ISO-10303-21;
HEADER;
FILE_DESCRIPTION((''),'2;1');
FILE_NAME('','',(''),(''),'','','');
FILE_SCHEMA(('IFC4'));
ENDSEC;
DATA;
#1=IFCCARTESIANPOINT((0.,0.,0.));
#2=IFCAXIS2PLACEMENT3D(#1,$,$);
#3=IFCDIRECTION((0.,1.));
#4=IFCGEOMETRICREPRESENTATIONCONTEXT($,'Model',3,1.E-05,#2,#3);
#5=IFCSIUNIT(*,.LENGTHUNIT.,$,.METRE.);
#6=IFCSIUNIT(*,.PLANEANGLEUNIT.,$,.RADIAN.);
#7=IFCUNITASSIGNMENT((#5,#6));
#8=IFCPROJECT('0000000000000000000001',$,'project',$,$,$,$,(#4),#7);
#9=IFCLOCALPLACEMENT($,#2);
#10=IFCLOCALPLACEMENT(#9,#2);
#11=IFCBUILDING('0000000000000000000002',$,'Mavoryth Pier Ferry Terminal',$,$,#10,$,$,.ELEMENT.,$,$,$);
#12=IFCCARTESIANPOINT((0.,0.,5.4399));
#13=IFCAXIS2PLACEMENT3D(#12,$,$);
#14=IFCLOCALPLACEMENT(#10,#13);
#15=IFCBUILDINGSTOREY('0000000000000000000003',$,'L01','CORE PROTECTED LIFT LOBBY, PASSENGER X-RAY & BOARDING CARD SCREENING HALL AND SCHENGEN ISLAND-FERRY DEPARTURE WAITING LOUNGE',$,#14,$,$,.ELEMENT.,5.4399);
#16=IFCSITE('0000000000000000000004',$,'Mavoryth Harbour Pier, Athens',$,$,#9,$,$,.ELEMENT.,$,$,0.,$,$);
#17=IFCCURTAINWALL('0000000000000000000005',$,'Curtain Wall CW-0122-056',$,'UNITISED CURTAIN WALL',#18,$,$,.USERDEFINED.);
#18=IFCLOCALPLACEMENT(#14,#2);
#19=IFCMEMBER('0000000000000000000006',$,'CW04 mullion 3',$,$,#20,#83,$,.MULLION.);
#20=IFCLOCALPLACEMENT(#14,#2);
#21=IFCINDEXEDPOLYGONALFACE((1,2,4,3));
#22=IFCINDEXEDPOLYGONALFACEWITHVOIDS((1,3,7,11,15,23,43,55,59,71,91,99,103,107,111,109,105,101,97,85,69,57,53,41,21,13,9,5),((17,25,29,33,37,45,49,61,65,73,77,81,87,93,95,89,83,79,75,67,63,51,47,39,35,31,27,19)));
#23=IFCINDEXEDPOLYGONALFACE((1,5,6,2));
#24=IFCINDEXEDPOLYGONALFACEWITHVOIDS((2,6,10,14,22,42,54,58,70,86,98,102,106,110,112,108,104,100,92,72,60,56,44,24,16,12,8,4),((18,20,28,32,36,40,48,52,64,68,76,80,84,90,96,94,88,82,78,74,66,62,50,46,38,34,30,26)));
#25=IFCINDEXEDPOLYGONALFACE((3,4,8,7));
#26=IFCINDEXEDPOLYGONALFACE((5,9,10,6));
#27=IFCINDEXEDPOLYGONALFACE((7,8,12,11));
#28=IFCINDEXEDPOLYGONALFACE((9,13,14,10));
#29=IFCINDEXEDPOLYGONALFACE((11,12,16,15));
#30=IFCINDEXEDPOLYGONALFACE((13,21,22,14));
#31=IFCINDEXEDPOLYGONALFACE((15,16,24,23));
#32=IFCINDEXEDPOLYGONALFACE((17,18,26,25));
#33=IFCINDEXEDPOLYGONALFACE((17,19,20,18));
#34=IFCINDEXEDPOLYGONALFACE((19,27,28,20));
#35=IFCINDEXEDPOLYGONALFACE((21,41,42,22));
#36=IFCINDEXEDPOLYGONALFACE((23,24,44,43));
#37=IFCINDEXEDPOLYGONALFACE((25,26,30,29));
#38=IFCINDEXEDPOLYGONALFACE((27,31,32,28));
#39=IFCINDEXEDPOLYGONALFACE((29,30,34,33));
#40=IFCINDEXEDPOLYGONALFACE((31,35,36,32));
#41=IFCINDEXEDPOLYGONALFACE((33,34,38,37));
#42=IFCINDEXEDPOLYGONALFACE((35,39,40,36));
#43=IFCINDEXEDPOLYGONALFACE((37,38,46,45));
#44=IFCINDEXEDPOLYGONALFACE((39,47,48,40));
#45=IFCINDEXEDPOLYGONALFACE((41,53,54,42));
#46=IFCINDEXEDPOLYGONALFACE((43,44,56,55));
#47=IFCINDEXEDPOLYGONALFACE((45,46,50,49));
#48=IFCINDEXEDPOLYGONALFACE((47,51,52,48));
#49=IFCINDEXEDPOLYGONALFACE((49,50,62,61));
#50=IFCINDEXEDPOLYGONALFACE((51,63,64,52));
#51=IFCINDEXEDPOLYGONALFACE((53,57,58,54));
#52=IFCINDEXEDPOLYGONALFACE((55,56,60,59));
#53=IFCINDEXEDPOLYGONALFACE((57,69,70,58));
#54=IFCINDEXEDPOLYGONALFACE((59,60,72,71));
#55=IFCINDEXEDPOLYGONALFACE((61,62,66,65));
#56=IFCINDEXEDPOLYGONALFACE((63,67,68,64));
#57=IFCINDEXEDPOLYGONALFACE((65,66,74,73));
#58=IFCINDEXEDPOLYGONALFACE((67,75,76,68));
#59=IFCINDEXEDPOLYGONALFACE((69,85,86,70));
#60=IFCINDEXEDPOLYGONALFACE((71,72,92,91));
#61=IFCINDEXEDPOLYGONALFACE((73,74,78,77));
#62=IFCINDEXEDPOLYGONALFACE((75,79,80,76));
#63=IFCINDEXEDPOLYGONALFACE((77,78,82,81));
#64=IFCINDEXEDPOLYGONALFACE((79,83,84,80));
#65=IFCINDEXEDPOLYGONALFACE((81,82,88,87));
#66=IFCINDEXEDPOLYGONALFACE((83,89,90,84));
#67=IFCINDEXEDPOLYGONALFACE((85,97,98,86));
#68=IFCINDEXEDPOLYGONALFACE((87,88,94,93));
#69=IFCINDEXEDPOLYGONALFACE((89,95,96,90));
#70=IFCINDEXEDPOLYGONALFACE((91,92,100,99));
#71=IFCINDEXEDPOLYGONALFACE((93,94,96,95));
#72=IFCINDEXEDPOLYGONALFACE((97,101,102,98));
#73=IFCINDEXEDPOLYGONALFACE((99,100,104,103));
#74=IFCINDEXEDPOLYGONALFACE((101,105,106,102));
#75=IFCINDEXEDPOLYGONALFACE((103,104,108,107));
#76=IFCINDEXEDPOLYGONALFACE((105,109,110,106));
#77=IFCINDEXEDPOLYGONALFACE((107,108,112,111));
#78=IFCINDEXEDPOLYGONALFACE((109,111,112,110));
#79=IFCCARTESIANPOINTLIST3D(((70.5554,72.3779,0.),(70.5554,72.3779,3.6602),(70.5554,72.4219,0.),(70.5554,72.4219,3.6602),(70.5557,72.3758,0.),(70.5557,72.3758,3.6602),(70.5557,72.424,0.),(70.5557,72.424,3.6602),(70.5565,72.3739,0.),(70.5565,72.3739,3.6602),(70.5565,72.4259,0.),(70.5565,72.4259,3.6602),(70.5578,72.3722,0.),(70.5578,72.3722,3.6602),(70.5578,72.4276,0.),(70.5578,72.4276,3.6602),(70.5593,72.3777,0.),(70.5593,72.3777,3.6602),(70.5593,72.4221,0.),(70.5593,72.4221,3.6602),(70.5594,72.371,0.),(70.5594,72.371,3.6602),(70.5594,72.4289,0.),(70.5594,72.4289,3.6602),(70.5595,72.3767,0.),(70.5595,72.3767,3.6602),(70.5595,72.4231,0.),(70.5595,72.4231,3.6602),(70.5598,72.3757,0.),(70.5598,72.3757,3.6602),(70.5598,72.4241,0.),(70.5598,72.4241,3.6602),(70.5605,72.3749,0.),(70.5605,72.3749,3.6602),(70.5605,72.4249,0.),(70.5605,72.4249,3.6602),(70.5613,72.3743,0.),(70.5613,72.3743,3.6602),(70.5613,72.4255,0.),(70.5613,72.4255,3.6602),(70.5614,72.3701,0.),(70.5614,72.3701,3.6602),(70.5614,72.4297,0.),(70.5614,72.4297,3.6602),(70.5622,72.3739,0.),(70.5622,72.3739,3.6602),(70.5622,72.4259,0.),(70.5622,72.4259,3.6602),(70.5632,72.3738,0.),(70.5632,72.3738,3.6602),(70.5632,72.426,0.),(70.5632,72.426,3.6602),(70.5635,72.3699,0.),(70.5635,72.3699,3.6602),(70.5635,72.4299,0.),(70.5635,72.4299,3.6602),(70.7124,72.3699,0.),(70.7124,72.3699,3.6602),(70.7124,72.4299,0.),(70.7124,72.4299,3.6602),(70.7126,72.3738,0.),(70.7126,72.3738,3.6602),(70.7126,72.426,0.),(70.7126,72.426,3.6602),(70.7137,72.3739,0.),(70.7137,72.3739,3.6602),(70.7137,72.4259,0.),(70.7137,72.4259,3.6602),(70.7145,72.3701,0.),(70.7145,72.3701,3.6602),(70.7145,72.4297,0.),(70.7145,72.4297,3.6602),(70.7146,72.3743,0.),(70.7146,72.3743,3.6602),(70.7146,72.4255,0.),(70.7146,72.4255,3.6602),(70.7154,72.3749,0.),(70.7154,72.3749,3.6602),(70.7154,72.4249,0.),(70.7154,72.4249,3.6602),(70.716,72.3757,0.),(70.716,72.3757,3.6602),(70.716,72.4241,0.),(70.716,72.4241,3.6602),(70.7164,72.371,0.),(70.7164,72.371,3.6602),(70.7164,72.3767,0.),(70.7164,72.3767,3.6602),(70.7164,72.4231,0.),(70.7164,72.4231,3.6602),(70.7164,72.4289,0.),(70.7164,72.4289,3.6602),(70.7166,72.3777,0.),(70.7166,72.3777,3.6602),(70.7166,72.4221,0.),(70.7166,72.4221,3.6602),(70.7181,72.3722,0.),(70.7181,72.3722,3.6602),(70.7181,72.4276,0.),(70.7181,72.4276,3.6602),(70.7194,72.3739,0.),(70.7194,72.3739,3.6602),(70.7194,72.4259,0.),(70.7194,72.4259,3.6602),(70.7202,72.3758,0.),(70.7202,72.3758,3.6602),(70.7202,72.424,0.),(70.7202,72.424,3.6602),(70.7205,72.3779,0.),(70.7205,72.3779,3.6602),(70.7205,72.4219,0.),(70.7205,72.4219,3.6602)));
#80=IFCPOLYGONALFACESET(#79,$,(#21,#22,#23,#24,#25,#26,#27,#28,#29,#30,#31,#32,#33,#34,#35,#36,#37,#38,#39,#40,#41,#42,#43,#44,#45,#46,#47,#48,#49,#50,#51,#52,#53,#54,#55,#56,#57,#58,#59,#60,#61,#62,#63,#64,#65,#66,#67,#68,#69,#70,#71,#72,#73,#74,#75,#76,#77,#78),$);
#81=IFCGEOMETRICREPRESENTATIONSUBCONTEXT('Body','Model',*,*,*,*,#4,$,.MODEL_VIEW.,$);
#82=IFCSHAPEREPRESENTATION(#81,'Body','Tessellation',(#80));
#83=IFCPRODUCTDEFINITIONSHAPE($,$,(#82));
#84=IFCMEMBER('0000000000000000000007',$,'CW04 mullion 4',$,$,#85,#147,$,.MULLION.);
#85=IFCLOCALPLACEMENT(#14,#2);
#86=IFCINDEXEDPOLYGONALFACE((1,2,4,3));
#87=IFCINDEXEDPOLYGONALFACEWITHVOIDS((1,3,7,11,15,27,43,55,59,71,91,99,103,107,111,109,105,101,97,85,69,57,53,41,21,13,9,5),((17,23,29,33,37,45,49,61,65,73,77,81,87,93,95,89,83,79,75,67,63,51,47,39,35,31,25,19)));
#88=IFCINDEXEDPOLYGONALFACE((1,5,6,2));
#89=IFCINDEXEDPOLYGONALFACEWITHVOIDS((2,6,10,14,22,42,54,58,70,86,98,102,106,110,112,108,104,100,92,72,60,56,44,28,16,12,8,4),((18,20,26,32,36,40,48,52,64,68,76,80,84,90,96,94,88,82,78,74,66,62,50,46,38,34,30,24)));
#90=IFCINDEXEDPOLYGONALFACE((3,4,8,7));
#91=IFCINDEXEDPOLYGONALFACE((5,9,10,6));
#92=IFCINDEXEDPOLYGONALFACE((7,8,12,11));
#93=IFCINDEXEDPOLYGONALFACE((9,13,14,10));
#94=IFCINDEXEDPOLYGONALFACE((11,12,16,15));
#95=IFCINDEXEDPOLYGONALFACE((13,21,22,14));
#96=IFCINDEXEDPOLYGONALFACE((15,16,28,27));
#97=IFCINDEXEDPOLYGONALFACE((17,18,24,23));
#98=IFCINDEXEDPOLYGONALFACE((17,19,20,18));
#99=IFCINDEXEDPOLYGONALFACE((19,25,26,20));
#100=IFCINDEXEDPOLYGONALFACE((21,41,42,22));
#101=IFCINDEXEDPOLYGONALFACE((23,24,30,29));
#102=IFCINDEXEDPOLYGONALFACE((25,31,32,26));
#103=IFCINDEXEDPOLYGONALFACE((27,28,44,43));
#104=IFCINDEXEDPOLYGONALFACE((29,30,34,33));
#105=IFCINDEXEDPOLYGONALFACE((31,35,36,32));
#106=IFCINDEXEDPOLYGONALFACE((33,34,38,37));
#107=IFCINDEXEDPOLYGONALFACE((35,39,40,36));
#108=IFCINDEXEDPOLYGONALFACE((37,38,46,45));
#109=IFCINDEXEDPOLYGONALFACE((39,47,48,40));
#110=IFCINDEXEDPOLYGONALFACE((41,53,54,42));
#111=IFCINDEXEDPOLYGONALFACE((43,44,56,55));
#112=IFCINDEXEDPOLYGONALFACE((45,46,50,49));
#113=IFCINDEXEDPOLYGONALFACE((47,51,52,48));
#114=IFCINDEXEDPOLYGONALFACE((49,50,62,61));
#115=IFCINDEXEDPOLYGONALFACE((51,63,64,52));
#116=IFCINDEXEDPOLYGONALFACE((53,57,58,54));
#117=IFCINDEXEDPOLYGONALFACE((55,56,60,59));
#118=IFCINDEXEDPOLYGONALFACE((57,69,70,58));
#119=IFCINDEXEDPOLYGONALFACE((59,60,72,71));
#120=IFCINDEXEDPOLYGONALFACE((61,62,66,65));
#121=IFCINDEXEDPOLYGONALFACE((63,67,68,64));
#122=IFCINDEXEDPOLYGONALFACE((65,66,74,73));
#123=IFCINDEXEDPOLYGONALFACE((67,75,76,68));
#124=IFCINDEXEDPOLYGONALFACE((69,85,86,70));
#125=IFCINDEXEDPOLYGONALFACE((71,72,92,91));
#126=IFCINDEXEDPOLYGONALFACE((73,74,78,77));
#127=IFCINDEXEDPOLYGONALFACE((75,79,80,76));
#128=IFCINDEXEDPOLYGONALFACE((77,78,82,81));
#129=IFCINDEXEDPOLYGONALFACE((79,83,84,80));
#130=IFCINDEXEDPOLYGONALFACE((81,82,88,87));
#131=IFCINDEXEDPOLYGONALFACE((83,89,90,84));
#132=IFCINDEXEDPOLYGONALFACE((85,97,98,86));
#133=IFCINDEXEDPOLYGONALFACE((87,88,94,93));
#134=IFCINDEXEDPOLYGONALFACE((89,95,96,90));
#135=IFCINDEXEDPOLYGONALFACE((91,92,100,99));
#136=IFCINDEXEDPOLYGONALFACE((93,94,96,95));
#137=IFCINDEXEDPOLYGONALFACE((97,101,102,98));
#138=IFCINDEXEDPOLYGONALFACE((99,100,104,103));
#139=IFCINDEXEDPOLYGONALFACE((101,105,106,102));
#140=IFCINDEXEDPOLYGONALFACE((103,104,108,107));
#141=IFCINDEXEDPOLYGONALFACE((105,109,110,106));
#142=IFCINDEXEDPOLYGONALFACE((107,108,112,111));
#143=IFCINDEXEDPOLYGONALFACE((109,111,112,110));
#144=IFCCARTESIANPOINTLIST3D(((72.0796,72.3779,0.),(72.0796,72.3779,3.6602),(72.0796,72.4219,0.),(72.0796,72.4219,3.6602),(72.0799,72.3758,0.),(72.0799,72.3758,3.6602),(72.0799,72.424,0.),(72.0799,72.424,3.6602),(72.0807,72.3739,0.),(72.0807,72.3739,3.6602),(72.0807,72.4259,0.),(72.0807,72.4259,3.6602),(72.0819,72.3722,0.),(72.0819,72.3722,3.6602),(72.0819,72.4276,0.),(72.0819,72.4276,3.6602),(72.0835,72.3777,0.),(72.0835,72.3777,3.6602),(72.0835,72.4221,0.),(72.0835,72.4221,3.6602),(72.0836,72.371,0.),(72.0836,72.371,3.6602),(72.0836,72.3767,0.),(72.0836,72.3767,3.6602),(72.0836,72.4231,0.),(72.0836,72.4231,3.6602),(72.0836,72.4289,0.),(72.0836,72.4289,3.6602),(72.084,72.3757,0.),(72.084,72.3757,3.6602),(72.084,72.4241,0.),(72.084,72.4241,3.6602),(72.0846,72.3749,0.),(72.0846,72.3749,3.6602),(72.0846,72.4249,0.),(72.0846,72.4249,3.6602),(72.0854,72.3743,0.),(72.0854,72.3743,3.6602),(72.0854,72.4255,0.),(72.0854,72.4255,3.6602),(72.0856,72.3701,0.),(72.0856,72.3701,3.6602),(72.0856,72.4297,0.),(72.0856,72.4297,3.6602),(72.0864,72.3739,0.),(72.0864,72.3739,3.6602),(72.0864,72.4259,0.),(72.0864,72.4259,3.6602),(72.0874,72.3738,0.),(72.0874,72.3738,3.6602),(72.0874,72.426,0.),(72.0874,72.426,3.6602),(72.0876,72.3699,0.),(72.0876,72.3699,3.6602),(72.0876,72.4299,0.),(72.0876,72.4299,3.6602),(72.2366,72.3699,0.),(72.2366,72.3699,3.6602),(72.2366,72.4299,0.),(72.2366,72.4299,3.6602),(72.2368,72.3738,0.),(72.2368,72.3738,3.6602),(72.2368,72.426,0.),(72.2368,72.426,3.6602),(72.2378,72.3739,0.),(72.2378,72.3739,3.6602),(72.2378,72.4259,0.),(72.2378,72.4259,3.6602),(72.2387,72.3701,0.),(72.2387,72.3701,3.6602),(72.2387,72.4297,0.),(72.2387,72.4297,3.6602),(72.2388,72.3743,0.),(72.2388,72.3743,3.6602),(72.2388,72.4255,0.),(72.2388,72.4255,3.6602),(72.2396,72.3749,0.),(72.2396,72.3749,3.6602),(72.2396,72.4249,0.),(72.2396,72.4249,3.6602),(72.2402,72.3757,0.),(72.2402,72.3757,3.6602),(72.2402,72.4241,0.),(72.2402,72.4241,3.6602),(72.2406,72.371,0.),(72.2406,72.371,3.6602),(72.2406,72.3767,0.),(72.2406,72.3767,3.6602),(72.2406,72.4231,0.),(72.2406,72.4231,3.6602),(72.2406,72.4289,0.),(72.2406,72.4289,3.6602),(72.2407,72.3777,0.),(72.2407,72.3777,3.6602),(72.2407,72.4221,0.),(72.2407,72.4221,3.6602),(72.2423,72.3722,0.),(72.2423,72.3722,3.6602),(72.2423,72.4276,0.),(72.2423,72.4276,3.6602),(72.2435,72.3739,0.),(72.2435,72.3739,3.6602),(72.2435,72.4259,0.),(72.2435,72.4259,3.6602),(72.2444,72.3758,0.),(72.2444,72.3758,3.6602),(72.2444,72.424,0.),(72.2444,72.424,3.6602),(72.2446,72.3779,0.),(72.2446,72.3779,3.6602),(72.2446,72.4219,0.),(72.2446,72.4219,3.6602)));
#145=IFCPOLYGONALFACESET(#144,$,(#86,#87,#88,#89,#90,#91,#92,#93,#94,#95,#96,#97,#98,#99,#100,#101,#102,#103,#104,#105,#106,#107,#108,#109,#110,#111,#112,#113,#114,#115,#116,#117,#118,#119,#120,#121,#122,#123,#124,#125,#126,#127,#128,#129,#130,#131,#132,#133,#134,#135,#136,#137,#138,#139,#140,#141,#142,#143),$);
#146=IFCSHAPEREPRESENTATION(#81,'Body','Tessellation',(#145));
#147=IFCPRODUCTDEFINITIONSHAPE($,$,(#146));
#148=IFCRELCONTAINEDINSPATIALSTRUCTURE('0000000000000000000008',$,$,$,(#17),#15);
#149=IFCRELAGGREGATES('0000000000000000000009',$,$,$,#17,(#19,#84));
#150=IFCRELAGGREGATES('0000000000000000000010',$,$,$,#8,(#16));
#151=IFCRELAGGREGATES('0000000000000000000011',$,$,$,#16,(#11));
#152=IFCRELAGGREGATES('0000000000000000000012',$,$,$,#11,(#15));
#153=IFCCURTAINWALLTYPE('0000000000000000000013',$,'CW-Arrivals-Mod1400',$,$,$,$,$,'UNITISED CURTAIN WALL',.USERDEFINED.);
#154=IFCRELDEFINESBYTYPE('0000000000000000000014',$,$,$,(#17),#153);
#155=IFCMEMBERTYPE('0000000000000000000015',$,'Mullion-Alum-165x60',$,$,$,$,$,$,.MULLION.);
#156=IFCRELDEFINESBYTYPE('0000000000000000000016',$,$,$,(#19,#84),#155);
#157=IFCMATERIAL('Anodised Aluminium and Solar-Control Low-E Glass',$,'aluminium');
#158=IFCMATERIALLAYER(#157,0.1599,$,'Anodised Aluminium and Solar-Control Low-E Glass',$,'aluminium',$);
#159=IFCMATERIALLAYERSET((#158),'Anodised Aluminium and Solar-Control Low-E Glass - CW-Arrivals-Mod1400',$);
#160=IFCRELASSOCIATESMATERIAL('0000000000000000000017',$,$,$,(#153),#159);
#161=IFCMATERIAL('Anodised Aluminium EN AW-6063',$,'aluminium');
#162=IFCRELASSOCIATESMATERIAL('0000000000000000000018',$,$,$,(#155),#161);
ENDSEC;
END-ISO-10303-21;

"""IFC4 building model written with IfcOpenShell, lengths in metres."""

from ifc_helpers import new_model, si_unit, direction, frame, origin, origin_2d, place, context, subcontext, project, spatial, hollow_rectangle, extrude, material, layer, layer_set, material_profile, profile_set, type_object, element, aggregate, save


model = new_model("IFC4")

# Units and contexts
model_context = context("Model", 3, precision=1e-05, world=origin(), true_north=direction((0.0, 1.0)))
body_context = subcontext(model_context, "Body", "Model", "MODEL_VIEW")
ifc_project = project(units=[si_unit("LENGTHUNIT", "METRE"), si_unit("PLANEANGLEUNIT", "RADIAN")], contexts=[model_context])

# Site, building, storey
site_placement = place(None, origin())
site = spatial("IfcSite", under=ifc_project, at=site_placement, Name="Mavoryth Harbour Pier, Athens", CompositionType="ELEMENT", RefElevation=0.0)
building_placement = place(site_placement, origin())
building = spatial("IfcBuilding", under=site, at=building_placement, Name="Mavoryth Pier Ferry Terminal", CompositionType="ELEMENT")
storey_placement = place(building_placement, frame((0.0, 0.0, 5.4399)))
storey = spatial("IfcBuildingStorey", under=building, at=storey_placement, Name="L01", Description="CORE PROTECTED LIFT LOBBY, PASSENGER X-RAY & BOARDING CARD SCREENING HALL AND SCHENGEN ISLAND-FERRY DEPARTURE WAITING LOUNGE", CompositionType="ELEMENT", Elevation=5.4399)

# Curtain wall, members
ifc_material_1 = material(Name="Anodised Aluminium and Solar-Control Low-E Glass", Category="aluminium")
ifc_layer_1 = layer(ifc_material_1, 0.1599, Name="Anodised Aluminium and Solar-Control Low-E Glass", Category="aluminium")
ifc_layer_set_1 = layer_set([ifc_layer_1], Name="Anodised Aluminium and Solar-Control Low-E Glass - CW-Arrivals-Mod1400")
curtain_wall_type = type_object("IfcCurtainWallType", Name="CW-Arrivals-Mod1400", ElementType="UNITISED CURTAIN WALL", PredefinedType="USERDEFINED", material=ifc_layer_set_1)
curtain_wall_placement = place(storey_placement, origin())
curtain_wall = element("IfcCurtainWall", 1, at=curtain_wall_placement, inside=storey, type_object=curtain_wall_type, Name="Curtain Wall CW-0122-056", ObjectType="UNITISED CURTAIN WALL", PredefinedType="USERDEFINED")
ifc_material_2 = material(Name="Anodised Aluminium EN AW-6063", Category="aluminium")
ifc_material_profile_1 = material_profile(ifc_material_2, hollow_rectangle(XDim=0.0601, YDim=0.165, WallThickness=0.0039, InnerFilletRadius=0.0039, OuterFilletRadius=0.0081, at=origin_2d()), Name="AL-MULL 165x60x4", Category="aluminium")
ifc_profile_set_1 = profile_set([ifc_material_profile_1], Name="Anodised Aluminium EN AW-6063 - AL-MULL 165x60x4")
member_type_1 = type_object("IfcMemberType", Name="Mullion-Alum-165x60", PredefinedType="MULLION", material=ifc_profile_set_1)
member_1_placement = place(storey_placement, frame((70.6379, 72.3999, 0.0), z_axis=(0.0, 0.0, 1.0), x_axis=(0.0, 1.0, 0.0)))
member_1 = element("IfcMember", 2, at=member_1_placement, type_object=member_type_1, Name="CW04 mullion 3", PredefinedType="MULLION", context=body_context, shape_type="SweptSolid", body=[
    extrude(hollow_rectangle(XDim=0.0601, YDim=0.165, WallThickness=0.0039, InnerFilletRadius=0.0039, OuterFilletRadius=0.0081, at=origin_2d()), origin(), (0.0, 0.0, 1.0), 3.6602),
])
member_2_placement = place(storey_placement, frame((72.1621, 72.3999, 0.0), z_axis=(0.0, 0.0, 1.0), x_axis=(0.0, 1.0, 0.0)))
member_2 = element("IfcMember", 3, at=member_2_placement, type_object=member_type_1, Name="CW04 mullion 4", PredefinedType="MULLION", context=body_context, shape_type="SweptSolid", body=[
    extrude(hollow_rectangle(XDim=0.0601, YDim=0.165, WallThickness=0.0039, InnerFilletRadius=0.0039, OuterFilletRadius=0.0081, at=origin_2d()), origin(), (0.0, 0.0, 1.0), 3.6602),
])
aggregate(curtain_wall, [member_1, member_2])

save(model, "model.ifc")
